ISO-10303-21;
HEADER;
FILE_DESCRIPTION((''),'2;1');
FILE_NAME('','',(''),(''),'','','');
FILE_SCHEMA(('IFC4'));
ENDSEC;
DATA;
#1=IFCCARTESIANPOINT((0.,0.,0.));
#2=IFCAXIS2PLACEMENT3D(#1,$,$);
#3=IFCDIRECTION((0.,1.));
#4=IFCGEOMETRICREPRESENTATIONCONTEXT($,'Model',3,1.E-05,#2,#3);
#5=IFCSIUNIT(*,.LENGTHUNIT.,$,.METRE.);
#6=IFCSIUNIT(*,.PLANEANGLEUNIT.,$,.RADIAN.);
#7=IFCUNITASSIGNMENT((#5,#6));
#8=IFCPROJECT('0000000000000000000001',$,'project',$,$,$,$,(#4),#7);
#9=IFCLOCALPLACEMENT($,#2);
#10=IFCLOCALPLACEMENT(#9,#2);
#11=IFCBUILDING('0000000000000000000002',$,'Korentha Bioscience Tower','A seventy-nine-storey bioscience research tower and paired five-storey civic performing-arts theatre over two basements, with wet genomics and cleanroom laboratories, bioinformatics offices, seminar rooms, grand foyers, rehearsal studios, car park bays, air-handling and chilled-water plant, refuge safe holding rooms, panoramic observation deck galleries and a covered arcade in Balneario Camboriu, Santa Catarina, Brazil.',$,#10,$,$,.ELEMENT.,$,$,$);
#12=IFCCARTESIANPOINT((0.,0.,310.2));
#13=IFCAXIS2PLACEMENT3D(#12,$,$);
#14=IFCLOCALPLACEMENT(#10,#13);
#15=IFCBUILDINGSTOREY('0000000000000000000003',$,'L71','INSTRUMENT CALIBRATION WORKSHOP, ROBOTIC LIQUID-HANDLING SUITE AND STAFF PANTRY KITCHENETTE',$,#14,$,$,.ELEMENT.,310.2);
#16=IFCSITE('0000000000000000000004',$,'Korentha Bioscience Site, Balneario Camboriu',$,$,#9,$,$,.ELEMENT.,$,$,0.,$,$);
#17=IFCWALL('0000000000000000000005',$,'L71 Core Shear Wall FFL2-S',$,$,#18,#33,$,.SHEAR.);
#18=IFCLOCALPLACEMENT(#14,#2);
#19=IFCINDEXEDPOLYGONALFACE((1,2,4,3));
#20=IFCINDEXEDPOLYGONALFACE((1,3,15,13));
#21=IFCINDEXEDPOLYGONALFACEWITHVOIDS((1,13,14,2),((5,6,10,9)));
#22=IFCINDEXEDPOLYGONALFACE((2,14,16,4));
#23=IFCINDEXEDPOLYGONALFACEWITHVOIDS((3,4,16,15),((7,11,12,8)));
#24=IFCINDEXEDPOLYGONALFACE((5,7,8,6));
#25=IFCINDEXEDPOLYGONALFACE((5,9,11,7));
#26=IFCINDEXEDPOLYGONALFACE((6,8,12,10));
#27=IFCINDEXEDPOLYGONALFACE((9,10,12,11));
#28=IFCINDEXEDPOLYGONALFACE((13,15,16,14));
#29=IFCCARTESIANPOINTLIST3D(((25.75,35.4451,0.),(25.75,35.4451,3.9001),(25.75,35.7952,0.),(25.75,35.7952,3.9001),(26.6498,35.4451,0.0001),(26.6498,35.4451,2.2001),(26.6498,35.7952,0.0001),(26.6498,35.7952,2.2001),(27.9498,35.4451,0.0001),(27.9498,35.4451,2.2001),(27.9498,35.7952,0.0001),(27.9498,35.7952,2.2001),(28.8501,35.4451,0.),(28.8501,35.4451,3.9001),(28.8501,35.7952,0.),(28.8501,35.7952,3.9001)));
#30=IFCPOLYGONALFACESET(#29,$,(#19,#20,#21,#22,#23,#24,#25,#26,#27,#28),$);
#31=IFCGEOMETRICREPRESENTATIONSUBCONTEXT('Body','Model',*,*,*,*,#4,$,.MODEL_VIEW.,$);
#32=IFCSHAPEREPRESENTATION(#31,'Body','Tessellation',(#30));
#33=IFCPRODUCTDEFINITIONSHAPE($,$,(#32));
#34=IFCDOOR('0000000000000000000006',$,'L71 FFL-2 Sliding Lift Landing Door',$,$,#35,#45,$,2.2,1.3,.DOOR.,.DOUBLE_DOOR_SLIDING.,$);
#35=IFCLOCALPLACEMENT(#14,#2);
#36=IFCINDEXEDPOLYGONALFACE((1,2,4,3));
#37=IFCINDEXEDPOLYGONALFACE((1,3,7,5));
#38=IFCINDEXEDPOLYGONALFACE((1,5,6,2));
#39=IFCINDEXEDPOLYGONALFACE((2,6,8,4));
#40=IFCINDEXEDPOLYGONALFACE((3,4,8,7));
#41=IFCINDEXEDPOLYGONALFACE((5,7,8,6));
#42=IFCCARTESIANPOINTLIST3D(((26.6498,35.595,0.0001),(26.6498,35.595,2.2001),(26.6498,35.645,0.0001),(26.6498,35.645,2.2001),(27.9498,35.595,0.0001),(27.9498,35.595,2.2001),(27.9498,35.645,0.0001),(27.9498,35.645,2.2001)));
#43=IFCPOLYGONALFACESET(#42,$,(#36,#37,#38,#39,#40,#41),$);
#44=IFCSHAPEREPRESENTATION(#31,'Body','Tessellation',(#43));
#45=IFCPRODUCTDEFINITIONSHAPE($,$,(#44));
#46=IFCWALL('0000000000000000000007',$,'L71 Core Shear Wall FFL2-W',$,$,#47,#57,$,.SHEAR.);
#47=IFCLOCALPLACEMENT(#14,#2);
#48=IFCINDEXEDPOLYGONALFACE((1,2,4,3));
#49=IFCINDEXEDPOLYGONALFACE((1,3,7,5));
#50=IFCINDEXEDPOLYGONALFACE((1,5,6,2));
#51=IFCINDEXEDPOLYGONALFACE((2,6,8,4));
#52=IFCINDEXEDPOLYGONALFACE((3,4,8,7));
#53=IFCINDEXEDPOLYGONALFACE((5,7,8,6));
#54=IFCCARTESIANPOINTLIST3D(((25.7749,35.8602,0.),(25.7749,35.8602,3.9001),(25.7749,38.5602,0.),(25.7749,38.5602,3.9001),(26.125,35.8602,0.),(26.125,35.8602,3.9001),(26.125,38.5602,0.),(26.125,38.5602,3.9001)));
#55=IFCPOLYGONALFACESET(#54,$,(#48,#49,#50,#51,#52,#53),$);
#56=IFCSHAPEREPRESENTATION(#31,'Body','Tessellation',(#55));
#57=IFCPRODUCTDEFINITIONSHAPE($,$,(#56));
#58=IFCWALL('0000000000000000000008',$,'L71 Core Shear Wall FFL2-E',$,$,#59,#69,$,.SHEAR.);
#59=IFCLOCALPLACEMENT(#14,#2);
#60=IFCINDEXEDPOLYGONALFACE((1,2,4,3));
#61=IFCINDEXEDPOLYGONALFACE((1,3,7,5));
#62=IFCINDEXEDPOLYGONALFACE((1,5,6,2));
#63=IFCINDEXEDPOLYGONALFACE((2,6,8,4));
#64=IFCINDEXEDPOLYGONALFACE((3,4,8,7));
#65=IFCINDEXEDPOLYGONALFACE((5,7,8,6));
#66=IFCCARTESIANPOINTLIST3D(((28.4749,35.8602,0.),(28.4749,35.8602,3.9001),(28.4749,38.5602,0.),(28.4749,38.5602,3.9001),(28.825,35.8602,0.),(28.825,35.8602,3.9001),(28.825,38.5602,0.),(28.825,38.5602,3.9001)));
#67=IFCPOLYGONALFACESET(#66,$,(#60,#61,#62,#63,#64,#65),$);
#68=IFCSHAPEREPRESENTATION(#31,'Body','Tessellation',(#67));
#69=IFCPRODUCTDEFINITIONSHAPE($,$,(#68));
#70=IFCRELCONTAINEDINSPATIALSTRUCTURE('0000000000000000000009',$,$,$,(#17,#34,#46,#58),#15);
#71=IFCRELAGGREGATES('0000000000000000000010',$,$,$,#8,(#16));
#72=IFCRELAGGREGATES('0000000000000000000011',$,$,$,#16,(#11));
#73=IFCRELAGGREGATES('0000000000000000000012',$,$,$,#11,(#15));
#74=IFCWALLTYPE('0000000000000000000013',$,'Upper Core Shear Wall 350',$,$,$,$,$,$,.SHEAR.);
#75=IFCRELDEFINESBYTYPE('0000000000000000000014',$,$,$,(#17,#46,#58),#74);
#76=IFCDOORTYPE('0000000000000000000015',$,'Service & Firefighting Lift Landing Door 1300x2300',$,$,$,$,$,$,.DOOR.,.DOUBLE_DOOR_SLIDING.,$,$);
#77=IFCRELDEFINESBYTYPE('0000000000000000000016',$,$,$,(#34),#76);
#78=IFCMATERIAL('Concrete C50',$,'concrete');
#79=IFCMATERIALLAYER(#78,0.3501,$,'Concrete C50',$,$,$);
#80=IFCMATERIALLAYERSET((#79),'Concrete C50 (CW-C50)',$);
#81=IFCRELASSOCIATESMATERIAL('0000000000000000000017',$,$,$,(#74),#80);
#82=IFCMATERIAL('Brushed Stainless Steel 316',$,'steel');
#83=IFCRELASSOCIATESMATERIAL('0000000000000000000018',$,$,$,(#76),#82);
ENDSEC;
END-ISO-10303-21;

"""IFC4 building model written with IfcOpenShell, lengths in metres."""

from ifc_helpers import new_model, si_unit, direction, frame, frame_2d, origin, place, context, subcontext, project, spatial, rectangle, extrude, material, layer, layer_set, type_object, element, fill, save


model = new_model("IFC4")

# Units and contexts
model_context = context("Model", 3, precision=1e-05, world=origin(), true_north=direction((0.0, 1.0)))
body_context = subcontext(model_context, "Body", "Model", "MODEL_VIEW")
ifc_project = project(units=[si_unit("LENGTHUNIT", "METRE"), si_unit("PLANEANGLEUNIT", "RADIAN")], contexts=[model_context])

# Site, building, storey
site_placement = place(None, origin())
site = spatial("IfcSite", under=ifc_project, at=site_placement, Name="Korentha Bioscience Site, Balneario Camboriu", CompositionType="ELEMENT", RefElevation=0.0)
building_placement = place(site_placement, origin())
building = spatial("IfcBuilding", under=site, at=building_placement, Name="Korentha Bioscience Tower", Description="A seventy-nine-storey bioscience research tower and paired five-storey civic performing-arts theatre over two basements, with wet genomics and cleanroom laboratories, bioinformatics offices, seminar rooms, grand foyers, rehearsal studios, car park bays, air-handling and chilled-water plant, refuge safe holding rooms, panoramic observation deck galleries and a covered arcade in Balneario Camboriu, Santa Catarina, Brazil.", CompositionType="ELEMENT")
storey_placement = place(building_placement, frame((0.0, 0.0, 310.2)))
storey = spatial("IfcBuildingStorey", under=building, at=storey_placement, Name="L71", Description="INSTRUMENT CALIBRATION WORKSHOP, ROBOTIC LIQUID-HANDLING SUITE AND STAFF PANTRY KITCHENETTE", CompositionType="ELEMENT", Elevation=310.2)

# Shared definitions
ifc_material_1 = material(Name="Concrete C50", Category="concrete")

# Shared definitions
ifc_layer_1 = layer(ifc_material_1, 0.3501, Name="Concrete C50")
ifc_layer_set_1 = layer_set([ifc_layer_1], Name="Concrete C50 (CW-C50)")
wall_type_1 = type_object("IfcWallType", Name="Upper Core Shear Wall 350", PredefinedType="SHEAR", material=ifc_layer_set_1)

# Wall, opening, door
wall_1_placement = place(storey_placement, frame((25.75, 35.6201, 0.0), z_axis=(0.0, 0.0, 1.0), x_axis=(1.0, 0.0, 0.0)))
wall_1 = element("IfcWall", 1, at=wall_1_placement, inside=storey, type_object=wall_type_1, Name="L71 Core Shear Wall FFL2-S", PredefinedType="SHEAR", context=body_context, shape_type="SweptSolid", body=[
    extrude(rectangle(XDim=3.1001, YDim=0.3501, at=frame_2d((1.55, 0.0))), origin(), (0.0, 0.0, 1.0), 3.9001),
])
opening_placement = place(wall_1_placement, frame((0.8999, 0.0, 0.0)))
opening = element("IfcOpeningElement", 2, at=opening_placement, cuts=wall_1, PredefinedType="OPENING", context=body_context, shape_type="SweptSolid", body=[
    extrude(rectangle(XDim=1.3, YDim=2.2, at=frame_2d((0.6499, 1.1001))), frame((0.0, 0.1899, 0.0), z_axis=(0.0, -1.0, 0.0), x_axis=(1.0, 0.0, 0.0)), (0.0, 0.0, 1.0), 0.3799),
])
ifc_material_2 = material(Name="Brushed Stainless Steel 316", Category="steel")
door_type = type_object("IfcDoorType", Name="Service & Firefighting Lift Landing Door 1300x2300", OperationType="DOUBLE_DOOR_SLIDING", PredefinedType="DOOR", material=ifc_material_2)
door_placement = place(opening_placement, origin())
door = element("IfcDoor", 3, at=door_placement, inside=storey, type_object=door_type, Name="L71 FFL-2 Sliding Lift Landing Door", OperationType="DOUBLE_DOOR_SLIDING", OverallHeight=2.2, OverallWidth=1.3, PredefinedType="DOOR", context=body_context, shape_type="SweptSolid", body=[
    extrude(rectangle(XDim=1.3, YDim=2.2, at=frame_2d((0.6499, 1.1001))), frame((0.0, 0.0249, 0.0), z_axis=(0.0, -1.0, 0.0), x_axis=(1.0, 0.0, 0.0)), (0.0, 0.0, 1.0), 0.05),
])
fill(opening, door)

# Walls
for number, where, z_axis, x_axis, name in (
    (4, (25.95, 35.8601, 0.0), (0.0, 0.0, 1.0), (0.0, 1.0, 0.0), "L71 Core Shear Wall FFL2-W"),
    (5, (28.6499, 35.8601, 0.0), (0.0, 0.0, 1.0), (0.0, 1.0, 0.0), "L71 Core Shear Wall FFL2-E"),
):
    element("IfcWall", number, at=place(storey_placement, frame(where, z_axis=z_axis, x_axis=x_axis)), inside=storey, type_object=wall_type_1, Name=name, PredefinedType="SHEAR", context=body_context, shape_type="SweptSolid", body=[
        extrude(rectangle(XDim=2.7, YDim=0.3501, at=frame_2d((1.3501, 0.0))), origin(), (0.0, 0.0, 1.0), 3.9001),
    ])

save(model, "model.ifc")
